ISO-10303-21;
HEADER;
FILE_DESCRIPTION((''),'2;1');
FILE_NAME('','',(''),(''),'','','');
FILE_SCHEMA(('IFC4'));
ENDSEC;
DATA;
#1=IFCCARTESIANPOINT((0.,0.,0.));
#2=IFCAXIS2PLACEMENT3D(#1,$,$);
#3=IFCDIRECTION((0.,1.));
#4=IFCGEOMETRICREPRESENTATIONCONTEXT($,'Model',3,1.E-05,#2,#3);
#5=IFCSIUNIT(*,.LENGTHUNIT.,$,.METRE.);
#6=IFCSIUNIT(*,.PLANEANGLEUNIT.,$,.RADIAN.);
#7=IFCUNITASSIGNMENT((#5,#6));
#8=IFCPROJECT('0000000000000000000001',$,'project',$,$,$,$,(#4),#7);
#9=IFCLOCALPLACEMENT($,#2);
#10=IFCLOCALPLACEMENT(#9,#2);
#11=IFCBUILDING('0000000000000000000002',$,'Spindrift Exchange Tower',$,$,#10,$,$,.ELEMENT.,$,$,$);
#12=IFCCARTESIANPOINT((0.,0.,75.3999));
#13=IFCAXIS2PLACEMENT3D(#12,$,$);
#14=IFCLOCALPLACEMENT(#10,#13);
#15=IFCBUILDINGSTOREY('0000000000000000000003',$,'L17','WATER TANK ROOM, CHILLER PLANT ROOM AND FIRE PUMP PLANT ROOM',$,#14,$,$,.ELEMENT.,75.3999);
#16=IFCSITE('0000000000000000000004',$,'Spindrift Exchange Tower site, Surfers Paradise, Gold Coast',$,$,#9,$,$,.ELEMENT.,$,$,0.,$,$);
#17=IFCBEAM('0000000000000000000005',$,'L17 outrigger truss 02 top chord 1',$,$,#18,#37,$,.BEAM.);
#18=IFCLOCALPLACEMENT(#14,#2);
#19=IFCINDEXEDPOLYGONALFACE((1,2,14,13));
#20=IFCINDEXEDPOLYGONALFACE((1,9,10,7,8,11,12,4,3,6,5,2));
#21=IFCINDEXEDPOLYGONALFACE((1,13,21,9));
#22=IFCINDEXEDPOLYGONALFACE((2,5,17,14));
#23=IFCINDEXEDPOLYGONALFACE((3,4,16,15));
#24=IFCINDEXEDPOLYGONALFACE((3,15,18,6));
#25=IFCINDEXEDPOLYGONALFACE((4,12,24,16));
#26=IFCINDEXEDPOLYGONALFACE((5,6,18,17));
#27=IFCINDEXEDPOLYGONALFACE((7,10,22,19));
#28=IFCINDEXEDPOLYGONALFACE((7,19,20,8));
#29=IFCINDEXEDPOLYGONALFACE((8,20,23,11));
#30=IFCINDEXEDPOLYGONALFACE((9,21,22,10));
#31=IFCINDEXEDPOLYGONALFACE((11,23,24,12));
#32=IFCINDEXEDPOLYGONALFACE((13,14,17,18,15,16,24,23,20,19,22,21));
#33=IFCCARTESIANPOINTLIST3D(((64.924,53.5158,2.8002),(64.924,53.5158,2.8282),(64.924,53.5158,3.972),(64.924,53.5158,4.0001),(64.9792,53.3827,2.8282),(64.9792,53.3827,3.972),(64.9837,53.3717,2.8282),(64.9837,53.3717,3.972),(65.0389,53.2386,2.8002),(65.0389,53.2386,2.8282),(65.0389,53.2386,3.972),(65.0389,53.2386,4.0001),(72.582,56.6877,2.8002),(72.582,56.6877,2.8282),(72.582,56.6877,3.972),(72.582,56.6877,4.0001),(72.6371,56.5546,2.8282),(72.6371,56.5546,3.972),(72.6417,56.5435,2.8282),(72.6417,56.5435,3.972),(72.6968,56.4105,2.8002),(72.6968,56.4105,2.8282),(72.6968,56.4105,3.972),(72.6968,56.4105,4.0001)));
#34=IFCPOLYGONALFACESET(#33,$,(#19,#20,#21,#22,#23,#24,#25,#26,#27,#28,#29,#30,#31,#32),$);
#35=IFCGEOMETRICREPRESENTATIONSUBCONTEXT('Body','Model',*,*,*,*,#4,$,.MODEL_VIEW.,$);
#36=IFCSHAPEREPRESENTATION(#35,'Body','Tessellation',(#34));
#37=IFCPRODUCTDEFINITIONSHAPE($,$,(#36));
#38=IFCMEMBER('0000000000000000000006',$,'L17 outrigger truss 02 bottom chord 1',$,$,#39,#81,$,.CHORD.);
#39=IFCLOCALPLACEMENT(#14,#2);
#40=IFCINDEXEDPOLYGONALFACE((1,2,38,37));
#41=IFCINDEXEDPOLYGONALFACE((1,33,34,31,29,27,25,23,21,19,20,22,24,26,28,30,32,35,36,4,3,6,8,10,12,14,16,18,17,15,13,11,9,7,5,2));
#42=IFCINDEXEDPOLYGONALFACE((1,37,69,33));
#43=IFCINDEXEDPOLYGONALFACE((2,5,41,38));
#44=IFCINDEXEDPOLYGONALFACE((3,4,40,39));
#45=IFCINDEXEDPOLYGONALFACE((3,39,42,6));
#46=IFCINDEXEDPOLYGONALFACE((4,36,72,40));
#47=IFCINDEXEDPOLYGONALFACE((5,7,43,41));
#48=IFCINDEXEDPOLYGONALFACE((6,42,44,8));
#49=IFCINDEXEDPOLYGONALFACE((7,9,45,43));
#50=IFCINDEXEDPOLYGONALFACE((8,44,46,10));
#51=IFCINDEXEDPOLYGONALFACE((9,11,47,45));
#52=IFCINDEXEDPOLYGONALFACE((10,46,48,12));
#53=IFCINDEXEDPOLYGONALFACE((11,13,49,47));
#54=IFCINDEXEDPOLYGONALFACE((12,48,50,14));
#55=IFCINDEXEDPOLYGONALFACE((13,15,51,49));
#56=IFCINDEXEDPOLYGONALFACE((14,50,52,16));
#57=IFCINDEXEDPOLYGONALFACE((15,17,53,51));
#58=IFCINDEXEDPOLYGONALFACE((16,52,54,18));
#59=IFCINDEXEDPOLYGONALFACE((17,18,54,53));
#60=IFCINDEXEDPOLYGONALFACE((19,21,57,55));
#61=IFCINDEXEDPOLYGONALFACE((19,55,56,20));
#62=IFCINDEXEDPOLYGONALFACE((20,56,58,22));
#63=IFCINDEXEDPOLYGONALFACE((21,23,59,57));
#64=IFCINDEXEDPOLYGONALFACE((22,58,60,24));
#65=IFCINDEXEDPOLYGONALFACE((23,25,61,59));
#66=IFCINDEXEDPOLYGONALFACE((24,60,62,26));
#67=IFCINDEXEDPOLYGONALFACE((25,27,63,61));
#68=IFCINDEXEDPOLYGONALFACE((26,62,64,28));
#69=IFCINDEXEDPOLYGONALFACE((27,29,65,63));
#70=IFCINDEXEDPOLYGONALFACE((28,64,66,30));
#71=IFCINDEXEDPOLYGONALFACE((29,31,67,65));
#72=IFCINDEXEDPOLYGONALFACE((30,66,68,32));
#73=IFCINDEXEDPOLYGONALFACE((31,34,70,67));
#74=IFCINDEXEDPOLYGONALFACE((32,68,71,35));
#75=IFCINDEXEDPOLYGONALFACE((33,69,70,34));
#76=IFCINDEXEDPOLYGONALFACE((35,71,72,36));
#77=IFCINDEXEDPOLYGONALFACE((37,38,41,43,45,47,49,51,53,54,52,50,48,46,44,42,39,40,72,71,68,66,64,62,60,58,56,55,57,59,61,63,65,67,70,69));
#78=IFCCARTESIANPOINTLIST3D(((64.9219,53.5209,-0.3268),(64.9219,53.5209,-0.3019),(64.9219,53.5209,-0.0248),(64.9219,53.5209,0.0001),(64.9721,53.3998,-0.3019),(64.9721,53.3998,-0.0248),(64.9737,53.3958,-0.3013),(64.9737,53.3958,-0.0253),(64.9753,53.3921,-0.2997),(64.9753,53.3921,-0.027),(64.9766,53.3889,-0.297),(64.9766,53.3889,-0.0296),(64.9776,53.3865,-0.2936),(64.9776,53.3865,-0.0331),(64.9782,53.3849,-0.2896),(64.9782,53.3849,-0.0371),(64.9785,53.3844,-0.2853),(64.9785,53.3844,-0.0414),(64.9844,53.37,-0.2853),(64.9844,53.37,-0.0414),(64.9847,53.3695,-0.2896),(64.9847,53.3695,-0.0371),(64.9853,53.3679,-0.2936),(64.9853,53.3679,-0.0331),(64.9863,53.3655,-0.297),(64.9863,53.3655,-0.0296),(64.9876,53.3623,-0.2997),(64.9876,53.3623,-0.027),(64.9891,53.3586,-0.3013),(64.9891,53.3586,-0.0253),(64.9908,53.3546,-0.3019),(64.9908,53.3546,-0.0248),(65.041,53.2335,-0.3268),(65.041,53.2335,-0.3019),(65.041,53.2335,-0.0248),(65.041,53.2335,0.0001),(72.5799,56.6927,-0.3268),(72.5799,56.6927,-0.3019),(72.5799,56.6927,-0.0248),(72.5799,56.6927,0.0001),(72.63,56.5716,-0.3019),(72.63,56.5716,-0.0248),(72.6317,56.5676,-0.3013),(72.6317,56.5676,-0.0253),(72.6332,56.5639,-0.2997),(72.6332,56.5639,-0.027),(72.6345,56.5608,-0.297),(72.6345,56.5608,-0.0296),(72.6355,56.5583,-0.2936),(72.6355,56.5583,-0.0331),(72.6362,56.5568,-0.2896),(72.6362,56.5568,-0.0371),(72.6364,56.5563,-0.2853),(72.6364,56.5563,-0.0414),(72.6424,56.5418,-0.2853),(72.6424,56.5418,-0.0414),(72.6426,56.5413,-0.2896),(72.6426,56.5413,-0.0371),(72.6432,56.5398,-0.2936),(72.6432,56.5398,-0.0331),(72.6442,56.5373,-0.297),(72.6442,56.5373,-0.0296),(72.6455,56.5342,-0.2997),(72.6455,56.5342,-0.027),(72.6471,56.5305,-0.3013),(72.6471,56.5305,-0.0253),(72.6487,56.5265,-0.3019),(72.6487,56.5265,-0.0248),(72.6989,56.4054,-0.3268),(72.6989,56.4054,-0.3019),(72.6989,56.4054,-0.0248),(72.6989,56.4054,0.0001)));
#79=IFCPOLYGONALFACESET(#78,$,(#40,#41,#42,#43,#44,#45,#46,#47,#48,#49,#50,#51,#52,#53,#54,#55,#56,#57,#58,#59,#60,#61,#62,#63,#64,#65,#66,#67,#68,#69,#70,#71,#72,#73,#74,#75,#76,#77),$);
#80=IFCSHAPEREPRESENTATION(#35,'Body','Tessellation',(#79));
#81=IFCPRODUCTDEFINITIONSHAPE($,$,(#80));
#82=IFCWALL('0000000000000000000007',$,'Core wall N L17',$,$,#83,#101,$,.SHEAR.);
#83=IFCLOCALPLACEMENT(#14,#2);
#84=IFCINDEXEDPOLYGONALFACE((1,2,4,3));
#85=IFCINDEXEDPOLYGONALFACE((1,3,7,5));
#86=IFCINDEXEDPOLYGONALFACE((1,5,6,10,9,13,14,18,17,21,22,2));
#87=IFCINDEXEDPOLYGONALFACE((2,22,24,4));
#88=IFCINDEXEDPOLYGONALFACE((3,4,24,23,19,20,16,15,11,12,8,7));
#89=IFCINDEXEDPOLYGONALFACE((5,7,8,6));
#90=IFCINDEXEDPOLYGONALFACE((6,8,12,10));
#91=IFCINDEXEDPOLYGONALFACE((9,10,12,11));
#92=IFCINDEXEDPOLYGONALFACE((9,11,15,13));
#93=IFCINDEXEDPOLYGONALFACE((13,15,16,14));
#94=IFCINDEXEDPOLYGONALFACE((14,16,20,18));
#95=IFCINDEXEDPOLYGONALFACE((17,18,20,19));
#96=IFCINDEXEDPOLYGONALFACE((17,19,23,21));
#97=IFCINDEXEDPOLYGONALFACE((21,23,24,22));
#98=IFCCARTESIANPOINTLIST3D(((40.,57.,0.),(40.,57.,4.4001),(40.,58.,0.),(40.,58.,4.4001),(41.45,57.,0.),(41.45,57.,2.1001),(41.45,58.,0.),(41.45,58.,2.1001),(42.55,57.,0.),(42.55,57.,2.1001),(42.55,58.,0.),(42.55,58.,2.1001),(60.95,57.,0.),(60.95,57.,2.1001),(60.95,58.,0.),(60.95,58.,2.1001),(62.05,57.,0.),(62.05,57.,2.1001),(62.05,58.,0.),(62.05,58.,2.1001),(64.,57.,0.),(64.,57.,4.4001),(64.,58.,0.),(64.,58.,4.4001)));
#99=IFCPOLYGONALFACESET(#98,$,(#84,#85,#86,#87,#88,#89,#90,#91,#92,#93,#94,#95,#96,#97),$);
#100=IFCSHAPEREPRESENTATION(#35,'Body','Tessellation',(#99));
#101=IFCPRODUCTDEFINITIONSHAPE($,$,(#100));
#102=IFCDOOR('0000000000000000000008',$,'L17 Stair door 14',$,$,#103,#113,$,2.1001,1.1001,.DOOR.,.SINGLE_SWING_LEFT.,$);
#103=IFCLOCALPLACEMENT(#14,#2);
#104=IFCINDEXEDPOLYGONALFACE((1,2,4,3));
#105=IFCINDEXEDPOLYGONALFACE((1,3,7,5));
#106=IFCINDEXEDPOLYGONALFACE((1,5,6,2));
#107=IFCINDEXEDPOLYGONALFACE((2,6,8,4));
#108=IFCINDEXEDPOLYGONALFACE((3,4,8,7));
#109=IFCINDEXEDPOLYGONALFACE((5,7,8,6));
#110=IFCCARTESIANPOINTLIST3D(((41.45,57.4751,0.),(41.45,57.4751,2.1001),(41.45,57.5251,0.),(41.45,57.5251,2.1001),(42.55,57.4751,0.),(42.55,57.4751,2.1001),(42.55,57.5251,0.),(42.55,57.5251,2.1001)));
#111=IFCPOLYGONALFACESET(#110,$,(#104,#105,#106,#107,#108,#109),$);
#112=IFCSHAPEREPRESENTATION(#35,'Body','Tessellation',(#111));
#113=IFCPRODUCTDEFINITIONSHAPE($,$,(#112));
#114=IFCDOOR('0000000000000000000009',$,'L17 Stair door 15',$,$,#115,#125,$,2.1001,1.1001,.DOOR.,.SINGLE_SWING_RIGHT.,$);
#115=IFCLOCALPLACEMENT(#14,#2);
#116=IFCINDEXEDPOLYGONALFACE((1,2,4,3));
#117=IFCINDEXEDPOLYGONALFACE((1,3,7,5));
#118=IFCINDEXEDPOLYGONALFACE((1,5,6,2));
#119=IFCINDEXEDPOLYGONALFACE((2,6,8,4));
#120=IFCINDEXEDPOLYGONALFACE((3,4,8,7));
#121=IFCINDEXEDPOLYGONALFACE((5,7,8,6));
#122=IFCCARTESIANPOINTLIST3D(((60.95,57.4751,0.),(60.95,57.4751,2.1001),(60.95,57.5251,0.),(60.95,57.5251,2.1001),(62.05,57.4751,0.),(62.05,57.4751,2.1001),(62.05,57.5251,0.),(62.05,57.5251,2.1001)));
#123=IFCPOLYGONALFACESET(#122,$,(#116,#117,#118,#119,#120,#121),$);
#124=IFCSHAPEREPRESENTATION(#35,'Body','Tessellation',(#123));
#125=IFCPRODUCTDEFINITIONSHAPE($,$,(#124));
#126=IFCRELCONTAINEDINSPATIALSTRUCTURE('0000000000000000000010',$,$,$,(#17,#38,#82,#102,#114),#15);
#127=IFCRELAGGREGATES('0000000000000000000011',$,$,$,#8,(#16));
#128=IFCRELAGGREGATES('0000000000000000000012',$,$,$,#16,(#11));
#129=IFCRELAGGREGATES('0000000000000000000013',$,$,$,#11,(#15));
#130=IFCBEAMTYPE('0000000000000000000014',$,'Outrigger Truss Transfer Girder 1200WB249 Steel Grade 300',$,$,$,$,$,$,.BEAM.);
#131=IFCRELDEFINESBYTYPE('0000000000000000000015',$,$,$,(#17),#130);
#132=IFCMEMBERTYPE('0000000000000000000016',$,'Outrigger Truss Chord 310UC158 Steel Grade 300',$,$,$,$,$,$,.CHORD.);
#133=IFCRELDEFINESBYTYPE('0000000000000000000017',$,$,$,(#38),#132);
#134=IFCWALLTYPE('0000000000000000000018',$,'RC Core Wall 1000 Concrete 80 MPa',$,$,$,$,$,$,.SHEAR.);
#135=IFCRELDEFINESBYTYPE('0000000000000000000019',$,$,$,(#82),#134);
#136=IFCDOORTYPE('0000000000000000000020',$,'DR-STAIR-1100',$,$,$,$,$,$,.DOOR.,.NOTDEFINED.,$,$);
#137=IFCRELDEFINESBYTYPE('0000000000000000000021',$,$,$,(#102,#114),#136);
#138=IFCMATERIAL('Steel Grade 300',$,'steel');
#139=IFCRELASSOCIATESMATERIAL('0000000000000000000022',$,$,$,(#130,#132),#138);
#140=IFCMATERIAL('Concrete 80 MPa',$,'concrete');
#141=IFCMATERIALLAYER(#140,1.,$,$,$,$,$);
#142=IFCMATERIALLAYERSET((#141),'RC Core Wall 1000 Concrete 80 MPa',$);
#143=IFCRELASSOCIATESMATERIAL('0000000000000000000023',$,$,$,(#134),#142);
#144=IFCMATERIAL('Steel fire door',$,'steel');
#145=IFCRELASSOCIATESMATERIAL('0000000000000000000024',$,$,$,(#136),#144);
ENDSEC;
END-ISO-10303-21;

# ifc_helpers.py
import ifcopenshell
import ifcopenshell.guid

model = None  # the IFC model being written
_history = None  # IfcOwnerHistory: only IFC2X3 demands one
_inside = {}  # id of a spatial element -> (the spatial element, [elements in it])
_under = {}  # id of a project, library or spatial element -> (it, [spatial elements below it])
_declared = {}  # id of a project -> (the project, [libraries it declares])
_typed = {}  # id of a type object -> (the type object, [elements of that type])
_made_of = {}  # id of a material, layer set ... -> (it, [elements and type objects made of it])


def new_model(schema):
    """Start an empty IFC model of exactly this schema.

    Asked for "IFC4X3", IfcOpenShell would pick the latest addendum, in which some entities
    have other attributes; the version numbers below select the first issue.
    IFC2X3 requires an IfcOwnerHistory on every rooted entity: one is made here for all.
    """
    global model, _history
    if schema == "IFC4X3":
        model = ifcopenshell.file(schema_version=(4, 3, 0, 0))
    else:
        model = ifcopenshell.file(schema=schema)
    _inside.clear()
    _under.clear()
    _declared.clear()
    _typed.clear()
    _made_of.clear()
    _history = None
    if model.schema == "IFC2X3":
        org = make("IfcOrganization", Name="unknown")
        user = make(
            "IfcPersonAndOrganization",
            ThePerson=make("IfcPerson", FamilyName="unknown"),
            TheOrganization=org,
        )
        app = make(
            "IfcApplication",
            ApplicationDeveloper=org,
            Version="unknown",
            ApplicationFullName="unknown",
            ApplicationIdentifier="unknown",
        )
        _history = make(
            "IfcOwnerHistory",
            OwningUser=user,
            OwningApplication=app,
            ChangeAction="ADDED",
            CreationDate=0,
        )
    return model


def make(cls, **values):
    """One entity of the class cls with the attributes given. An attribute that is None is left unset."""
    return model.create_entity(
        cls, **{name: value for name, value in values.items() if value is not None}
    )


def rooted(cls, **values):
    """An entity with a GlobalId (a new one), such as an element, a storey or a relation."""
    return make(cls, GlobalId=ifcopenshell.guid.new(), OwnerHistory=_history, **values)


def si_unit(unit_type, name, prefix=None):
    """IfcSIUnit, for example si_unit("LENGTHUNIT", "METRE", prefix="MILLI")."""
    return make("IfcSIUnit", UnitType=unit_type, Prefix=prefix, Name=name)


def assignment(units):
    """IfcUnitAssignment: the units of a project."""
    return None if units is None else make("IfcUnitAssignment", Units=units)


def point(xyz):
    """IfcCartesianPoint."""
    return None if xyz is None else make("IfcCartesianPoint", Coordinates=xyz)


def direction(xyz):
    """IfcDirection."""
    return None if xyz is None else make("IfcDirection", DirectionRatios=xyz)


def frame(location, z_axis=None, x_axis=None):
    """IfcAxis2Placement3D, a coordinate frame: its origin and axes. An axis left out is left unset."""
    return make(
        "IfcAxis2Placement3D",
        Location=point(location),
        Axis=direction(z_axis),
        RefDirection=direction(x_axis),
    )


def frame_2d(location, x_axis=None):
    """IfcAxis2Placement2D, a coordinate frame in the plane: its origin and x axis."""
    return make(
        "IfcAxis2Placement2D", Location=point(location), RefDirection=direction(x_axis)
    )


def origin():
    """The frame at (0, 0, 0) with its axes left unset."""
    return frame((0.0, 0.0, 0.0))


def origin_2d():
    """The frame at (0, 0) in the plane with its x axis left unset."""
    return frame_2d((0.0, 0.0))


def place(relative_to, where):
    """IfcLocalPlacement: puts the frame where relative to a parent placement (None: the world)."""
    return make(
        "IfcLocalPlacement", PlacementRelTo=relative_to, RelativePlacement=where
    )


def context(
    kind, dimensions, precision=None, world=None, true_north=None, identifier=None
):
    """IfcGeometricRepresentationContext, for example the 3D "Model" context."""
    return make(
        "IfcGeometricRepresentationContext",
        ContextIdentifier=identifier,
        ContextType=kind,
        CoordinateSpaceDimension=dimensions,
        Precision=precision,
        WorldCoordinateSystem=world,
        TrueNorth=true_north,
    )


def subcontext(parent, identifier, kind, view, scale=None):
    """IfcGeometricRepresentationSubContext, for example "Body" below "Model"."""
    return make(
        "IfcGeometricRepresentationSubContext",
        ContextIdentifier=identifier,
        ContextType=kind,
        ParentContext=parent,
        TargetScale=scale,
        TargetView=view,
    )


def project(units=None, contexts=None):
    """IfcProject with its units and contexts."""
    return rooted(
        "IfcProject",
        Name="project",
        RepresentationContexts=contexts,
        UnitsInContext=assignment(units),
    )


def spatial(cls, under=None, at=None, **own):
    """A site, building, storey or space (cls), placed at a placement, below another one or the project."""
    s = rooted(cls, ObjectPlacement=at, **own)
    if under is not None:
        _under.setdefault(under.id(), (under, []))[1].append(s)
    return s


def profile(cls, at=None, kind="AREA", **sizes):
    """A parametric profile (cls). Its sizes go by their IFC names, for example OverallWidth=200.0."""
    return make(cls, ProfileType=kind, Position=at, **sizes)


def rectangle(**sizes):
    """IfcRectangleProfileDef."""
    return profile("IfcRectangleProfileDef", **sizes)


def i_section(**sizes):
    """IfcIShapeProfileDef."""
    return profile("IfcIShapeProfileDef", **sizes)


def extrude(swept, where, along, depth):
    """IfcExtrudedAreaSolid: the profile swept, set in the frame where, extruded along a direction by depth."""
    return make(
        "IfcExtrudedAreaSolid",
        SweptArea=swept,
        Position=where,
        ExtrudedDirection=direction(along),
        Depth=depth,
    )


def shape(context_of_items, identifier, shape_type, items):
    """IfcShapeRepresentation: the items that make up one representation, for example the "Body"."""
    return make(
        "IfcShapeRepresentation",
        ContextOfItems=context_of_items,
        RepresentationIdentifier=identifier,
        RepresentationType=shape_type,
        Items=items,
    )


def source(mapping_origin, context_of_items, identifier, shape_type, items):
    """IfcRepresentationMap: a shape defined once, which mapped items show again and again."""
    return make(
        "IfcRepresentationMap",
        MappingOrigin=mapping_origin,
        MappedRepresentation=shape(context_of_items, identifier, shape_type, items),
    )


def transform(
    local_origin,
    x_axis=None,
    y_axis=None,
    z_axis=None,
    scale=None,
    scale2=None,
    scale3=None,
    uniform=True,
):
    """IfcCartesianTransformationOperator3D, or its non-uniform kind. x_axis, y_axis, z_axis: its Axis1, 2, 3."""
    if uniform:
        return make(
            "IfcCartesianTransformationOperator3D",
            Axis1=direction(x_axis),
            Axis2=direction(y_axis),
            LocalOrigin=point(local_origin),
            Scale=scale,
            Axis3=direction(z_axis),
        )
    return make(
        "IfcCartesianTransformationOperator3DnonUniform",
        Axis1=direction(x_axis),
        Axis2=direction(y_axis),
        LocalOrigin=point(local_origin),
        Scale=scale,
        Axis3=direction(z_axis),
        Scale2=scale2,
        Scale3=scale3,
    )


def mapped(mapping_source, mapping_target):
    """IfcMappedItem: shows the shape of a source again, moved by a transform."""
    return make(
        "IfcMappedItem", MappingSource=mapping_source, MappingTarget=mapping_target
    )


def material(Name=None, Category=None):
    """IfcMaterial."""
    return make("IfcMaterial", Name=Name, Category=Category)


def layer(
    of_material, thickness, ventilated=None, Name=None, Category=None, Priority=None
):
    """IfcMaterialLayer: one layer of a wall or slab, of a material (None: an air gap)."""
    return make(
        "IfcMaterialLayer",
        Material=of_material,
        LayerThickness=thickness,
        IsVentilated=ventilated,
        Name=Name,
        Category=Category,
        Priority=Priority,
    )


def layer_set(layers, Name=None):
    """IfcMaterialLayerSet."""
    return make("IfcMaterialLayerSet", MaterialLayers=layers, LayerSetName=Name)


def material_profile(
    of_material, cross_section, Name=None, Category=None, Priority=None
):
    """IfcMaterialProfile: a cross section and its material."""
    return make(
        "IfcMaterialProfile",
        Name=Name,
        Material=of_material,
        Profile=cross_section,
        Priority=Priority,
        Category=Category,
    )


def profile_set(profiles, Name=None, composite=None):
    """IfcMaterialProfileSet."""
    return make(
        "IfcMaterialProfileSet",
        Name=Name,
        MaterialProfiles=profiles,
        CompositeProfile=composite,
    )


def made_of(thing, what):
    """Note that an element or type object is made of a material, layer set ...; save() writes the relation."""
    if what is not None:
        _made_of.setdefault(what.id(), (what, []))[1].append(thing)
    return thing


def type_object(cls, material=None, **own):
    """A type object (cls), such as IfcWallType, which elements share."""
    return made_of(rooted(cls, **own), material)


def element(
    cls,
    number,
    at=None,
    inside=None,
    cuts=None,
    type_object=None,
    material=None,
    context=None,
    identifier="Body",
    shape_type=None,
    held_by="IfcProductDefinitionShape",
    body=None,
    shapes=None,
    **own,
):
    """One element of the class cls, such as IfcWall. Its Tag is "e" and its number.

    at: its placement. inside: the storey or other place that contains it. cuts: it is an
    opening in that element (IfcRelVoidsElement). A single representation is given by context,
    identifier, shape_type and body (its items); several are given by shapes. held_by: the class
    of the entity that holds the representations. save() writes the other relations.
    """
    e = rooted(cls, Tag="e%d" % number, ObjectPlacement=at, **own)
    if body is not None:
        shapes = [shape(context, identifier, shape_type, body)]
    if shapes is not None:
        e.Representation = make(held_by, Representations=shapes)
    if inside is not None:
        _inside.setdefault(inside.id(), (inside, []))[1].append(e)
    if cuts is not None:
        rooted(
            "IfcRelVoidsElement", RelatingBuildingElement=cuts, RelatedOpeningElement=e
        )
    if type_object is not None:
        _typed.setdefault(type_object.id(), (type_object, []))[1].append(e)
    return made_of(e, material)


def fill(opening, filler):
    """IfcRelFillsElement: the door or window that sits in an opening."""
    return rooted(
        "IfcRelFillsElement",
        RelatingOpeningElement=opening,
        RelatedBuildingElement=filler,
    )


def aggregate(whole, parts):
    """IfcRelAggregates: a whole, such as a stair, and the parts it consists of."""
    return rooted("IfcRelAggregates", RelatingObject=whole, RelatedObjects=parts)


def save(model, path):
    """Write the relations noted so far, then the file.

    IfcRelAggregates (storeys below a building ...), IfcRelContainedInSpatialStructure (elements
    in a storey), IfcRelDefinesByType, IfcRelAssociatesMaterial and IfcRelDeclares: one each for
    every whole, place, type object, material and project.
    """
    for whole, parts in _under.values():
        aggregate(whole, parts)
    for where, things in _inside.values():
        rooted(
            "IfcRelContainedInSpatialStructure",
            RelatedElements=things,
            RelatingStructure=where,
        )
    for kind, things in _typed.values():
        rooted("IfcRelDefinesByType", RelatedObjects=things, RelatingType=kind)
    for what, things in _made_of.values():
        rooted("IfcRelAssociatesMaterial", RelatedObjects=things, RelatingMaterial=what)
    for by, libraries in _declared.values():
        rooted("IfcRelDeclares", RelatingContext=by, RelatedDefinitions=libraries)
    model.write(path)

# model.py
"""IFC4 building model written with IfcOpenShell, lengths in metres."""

from ifc_helpers import new_model, si_unit, direction, frame, frame_2d, origin, origin_2d, place, context, subcontext, project, spatial, rectangle, i_section, extrude, source, transform, mapped, material, layer, layer_set, material_profile, profile_set, type_object, element, fill, save


model = new_model("IFC4")

# Units and contexts
model_context = context("Model", 3, precision=1e-05, world=origin(), true_north=direction((0.0, 1.0)))
body_context = subcontext(model_context, "Body", "Model", "MODEL_VIEW")
ifc_project = project(units=[si_unit("LENGTHUNIT", "METRE"), si_unit("PLANEANGLEUNIT", "RADIAN")], contexts=[model_context])

# Site, building, storey
site_placement = place(None, origin())
site = spatial("IfcSite", under=ifc_project, at=site_placement, Name="Spindrift Exchange Tower site, Surfers Paradise, Gold Coast", CompositionType="ELEMENT", RefElevation=0.0)
building_placement = place(site_placement, origin())
building = spatial("IfcBuilding", under=site, at=building_placement, Name="Spindrift Exchange Tower", CompositionType="ELEMENT")
storey_placement = place(building_placement, frame((0.0, 0.0, 75.3999)))
storey = spatial("IfcBuildingStorey", under=building, at=storey_placement, Name="L17", Description="WATER TANK ROOM, CHILLER PLANT ROOM AND FIRE PUMP PLANT ROOM", CompositionType="ELEMENT", Elevation=75.3999)

# Beam
ifc_material_1 = material(Name="Steel Grade 300", Category="steel")
ifc_material_profile_1 = material_profile(ifc_material_1, i_section(OverallWidth=0.3, OverallDepth=1.2, WebThickness=0.012, FlangeThickness=0.0281, at=origin_2d()), Name="1200WB249")
ifc_profile_set_1 = profile_set([ifc_material_profile_1], Name="Steel Grade 300")
beam_type = type_object("IfcBeamType", Name="Outrigger Truss Transfer Girder 1200WB249 Steel Grade 300", PredefinedType="BEAM", material=ifc_profile_set_1)
shared_shape_1 = source(origin(), body_context, "Body", "SweptSolid", [
    extrude(i_section(OverallWidth=0.3, OverallDepth=1.2, WebThickness=0.012, FlangeThickness=0.0281, at=origin_2d()), origin(), (0.0, 0.0, 1.0), 8.2888),
])
beam_placement = place(storey_placement, frame((64.9814, 53.3772, 3.4001), z_axis=(0.923886, 0.382667, 0.0), x_axis=(-0.382667, 0.923886, 0.0)))
element("IfcBeam", 1, at=beam_placement, inside=storey, type_object=beam_type, Name="L17 outrigger truss 02 top chord 1", PredefinedType="BEAM", context=body_context, shape_type="MappedRepresentation", body=[
    mapped(shared_shape_1, transform((0.0, 0.0, 0.0), scale=1.0)),
])

# Member
ifc_material_profile_2 = material_profile(ifc_material_1, i_section(OverallWidth=0.311, OverallDepth=0.3269, WebThickness=0.0156, FlangeThickness=0.0249, FilletRadius=0.0166, at=origin_2d()), Name="310UC158")
ifc_profile_set_2 = profile_set([ifc_material_profile_2], Name="Steel Grade 300")
member_type = type_object("IfcMemberType", Name="Outrigger Truss Chord 310UC158 Steel Grade 300", PredefinedType="CHORD", material=ifc_profile_set_2)
shared_shape_2 = source(origin(), body_context, "Body", "SweptSolid", [
    extrude(i_section(OverallWidth=0.311, OverallDepth=0.3269, WebThickness=0.0156, FlangeThickness=0.0249, FilletRadius=0.0166, at=origin_2d()), origin(), (0.0, 0.0, 1.0), 8.2888),
])
member_placement = place(storey_placement, frame((64.9814, 53.3772, -0.1633), z_axis=(0.923886, 0.382667, 0.0), x_axis=(-0.382667, 0.923886, 0.0)))
element("IfcMember", 2, at=member_placement, inside=storey, type_object=member_type, Name="L17 outrigger truss 02 bottom chord 1", PredefinedType="CHORD", context=body_context, shape_type="MappedRepresentation", body=[
    mapped(shared_shape_2, transform((0.0, 0.0, 0.0), scale=1.0)),
])

# Wall, openings, doors
ifc_material_2 = material(Name="Concrete 80 MPa", Category="concrete")
ifc_layer_1 = layer(ifc_material_2, 1.0)
ifc_layer_set_1 = layer_set([ifc_layer_1], Name="RC Core Wall 1000 Concrete 80 MPa")
wall_type_1 = type_object("IfcWallType", Name="RC Core Wall 1000 Concrete 80 MPa", PredefinedType="SHEAR", material=ifc_layer_set_1)
wall_1_placement = place(storey_placement, frame((64.0, 57.5, 0.0), z_axis=(0.0, 0.0, 1.0), x_axis=(-1.0, 0.0, 0.0)))
wall_1 = element("IfcWall", 3, at=wall_1_placement, inside=storey, type_object=wall_type_1, Name="Core wall N L17", PredefinedType="SHEAR", context=body_context, shape_type="SweptSolid", body=[
    extrude(rectangle(XDim=24.0, YDim=1.0, at=frame_2d((12.0, 0.0))), origin(), (0.0, 0.0, 1.0), 4.4001),
])
opening_1_placement = place(wall_1_placement, frame((21.45, 0.0, 0.0)))
opening_1 = element("IfcOpeningElement", 4, at=opening_1_placement, cuts=wall_1, PredefinedType="OPENING", context=body_context, shape_type="SweptSolid", body=[
    extrude(rectangle(XDim=1.1001, YDim=2.1001, at=frame_2d((0.55, 1.05))), frame((0.0, 0.51, 0.0), z_axis=(0.0, -1.0, 0.0), x_axis=(1.0, 0.0, 0.0)), (0.0, 0.0, 1.0), 1.02),
])
opening_2_placement = place(wall_1_placement, frame((1.95, 0.0, 0.0)))
opening_2 = element("IfcOpeningElement", 5, at=opening_2_placement, cuts=wall_1, PredefinedType="OPENING", context=body_context, shape_type="SweptSolid", body=[
    extrude(rectangle(XDim=1.1001, YDim=2.1001, at=frame_2d((0.55, 1.05))), frame((0.0, 0.51, 0.0), z_axis=(0.0, -1.0, 0.0), x_axis=(1.0, 0.0, 0.0)), (0.0, 0.0, 1.0), 1.02),
])
ifc_material_3 = material(Name="Steel fire door", Category="steel")
door_type_1 = type_object("IfcDoorType", Name="DR-STAIR-1100", OperationType="NOTDEFINED", PredefinedType="DOOR", material=ifc_material_3)
shared_shape_3 = source(origin(), body_context, "Body", "SweptSolid", [
    extrude(rectangle(XDim=1.1001, YDim=2.1001, at=frame_2d((0.55, 1.05))), frame((0.0, 0.0249, 0.0), z_axis=(0.0, -1.0, 0.0), x_axis=(1.0, 0.0, 0.0)), (0.0, 0.0, 1.0), 0.05),
])
door_1_placement = place(opening_1_placement, origin())
door_1 = element("IfcDoor", 6, at=door_1_placement, inside=storey, type_object=door_type_1, Name="L17 Stair door 14", OperationType="SINGLE_SWING_LEFT", OverallHeight=2.1001, OverallWidth=1.1001, PredefinedType="DOOR", context=body_context, shape_type="MappedRepresentation", body=[
    mapped(shared_shape_3, transform((0.0, 0.0, 0.0), scale=1.0)),
])
fill(opening_1, door_1)
door_2_placement = place(opening_2_placement, origin())
door_2 = element("IfcDoor", 7, at=door_2_placement, inside=storey, type_object=door_type_1, Name="L17 Stair door 15", OperationType="SINGLE_SWING_RIGHT", OverallHeight=2.1001, OverallWidth=1.1001, PredefinedType="DOOR", context=body_context, shape_type="MappedRepresentation", body=[
    mapped(shared_shape_3, transform((0.0, 0.0, 0.0), scale=1.0)),
])
fill(opening_2, door_2)

save(model, "model.ifc")
